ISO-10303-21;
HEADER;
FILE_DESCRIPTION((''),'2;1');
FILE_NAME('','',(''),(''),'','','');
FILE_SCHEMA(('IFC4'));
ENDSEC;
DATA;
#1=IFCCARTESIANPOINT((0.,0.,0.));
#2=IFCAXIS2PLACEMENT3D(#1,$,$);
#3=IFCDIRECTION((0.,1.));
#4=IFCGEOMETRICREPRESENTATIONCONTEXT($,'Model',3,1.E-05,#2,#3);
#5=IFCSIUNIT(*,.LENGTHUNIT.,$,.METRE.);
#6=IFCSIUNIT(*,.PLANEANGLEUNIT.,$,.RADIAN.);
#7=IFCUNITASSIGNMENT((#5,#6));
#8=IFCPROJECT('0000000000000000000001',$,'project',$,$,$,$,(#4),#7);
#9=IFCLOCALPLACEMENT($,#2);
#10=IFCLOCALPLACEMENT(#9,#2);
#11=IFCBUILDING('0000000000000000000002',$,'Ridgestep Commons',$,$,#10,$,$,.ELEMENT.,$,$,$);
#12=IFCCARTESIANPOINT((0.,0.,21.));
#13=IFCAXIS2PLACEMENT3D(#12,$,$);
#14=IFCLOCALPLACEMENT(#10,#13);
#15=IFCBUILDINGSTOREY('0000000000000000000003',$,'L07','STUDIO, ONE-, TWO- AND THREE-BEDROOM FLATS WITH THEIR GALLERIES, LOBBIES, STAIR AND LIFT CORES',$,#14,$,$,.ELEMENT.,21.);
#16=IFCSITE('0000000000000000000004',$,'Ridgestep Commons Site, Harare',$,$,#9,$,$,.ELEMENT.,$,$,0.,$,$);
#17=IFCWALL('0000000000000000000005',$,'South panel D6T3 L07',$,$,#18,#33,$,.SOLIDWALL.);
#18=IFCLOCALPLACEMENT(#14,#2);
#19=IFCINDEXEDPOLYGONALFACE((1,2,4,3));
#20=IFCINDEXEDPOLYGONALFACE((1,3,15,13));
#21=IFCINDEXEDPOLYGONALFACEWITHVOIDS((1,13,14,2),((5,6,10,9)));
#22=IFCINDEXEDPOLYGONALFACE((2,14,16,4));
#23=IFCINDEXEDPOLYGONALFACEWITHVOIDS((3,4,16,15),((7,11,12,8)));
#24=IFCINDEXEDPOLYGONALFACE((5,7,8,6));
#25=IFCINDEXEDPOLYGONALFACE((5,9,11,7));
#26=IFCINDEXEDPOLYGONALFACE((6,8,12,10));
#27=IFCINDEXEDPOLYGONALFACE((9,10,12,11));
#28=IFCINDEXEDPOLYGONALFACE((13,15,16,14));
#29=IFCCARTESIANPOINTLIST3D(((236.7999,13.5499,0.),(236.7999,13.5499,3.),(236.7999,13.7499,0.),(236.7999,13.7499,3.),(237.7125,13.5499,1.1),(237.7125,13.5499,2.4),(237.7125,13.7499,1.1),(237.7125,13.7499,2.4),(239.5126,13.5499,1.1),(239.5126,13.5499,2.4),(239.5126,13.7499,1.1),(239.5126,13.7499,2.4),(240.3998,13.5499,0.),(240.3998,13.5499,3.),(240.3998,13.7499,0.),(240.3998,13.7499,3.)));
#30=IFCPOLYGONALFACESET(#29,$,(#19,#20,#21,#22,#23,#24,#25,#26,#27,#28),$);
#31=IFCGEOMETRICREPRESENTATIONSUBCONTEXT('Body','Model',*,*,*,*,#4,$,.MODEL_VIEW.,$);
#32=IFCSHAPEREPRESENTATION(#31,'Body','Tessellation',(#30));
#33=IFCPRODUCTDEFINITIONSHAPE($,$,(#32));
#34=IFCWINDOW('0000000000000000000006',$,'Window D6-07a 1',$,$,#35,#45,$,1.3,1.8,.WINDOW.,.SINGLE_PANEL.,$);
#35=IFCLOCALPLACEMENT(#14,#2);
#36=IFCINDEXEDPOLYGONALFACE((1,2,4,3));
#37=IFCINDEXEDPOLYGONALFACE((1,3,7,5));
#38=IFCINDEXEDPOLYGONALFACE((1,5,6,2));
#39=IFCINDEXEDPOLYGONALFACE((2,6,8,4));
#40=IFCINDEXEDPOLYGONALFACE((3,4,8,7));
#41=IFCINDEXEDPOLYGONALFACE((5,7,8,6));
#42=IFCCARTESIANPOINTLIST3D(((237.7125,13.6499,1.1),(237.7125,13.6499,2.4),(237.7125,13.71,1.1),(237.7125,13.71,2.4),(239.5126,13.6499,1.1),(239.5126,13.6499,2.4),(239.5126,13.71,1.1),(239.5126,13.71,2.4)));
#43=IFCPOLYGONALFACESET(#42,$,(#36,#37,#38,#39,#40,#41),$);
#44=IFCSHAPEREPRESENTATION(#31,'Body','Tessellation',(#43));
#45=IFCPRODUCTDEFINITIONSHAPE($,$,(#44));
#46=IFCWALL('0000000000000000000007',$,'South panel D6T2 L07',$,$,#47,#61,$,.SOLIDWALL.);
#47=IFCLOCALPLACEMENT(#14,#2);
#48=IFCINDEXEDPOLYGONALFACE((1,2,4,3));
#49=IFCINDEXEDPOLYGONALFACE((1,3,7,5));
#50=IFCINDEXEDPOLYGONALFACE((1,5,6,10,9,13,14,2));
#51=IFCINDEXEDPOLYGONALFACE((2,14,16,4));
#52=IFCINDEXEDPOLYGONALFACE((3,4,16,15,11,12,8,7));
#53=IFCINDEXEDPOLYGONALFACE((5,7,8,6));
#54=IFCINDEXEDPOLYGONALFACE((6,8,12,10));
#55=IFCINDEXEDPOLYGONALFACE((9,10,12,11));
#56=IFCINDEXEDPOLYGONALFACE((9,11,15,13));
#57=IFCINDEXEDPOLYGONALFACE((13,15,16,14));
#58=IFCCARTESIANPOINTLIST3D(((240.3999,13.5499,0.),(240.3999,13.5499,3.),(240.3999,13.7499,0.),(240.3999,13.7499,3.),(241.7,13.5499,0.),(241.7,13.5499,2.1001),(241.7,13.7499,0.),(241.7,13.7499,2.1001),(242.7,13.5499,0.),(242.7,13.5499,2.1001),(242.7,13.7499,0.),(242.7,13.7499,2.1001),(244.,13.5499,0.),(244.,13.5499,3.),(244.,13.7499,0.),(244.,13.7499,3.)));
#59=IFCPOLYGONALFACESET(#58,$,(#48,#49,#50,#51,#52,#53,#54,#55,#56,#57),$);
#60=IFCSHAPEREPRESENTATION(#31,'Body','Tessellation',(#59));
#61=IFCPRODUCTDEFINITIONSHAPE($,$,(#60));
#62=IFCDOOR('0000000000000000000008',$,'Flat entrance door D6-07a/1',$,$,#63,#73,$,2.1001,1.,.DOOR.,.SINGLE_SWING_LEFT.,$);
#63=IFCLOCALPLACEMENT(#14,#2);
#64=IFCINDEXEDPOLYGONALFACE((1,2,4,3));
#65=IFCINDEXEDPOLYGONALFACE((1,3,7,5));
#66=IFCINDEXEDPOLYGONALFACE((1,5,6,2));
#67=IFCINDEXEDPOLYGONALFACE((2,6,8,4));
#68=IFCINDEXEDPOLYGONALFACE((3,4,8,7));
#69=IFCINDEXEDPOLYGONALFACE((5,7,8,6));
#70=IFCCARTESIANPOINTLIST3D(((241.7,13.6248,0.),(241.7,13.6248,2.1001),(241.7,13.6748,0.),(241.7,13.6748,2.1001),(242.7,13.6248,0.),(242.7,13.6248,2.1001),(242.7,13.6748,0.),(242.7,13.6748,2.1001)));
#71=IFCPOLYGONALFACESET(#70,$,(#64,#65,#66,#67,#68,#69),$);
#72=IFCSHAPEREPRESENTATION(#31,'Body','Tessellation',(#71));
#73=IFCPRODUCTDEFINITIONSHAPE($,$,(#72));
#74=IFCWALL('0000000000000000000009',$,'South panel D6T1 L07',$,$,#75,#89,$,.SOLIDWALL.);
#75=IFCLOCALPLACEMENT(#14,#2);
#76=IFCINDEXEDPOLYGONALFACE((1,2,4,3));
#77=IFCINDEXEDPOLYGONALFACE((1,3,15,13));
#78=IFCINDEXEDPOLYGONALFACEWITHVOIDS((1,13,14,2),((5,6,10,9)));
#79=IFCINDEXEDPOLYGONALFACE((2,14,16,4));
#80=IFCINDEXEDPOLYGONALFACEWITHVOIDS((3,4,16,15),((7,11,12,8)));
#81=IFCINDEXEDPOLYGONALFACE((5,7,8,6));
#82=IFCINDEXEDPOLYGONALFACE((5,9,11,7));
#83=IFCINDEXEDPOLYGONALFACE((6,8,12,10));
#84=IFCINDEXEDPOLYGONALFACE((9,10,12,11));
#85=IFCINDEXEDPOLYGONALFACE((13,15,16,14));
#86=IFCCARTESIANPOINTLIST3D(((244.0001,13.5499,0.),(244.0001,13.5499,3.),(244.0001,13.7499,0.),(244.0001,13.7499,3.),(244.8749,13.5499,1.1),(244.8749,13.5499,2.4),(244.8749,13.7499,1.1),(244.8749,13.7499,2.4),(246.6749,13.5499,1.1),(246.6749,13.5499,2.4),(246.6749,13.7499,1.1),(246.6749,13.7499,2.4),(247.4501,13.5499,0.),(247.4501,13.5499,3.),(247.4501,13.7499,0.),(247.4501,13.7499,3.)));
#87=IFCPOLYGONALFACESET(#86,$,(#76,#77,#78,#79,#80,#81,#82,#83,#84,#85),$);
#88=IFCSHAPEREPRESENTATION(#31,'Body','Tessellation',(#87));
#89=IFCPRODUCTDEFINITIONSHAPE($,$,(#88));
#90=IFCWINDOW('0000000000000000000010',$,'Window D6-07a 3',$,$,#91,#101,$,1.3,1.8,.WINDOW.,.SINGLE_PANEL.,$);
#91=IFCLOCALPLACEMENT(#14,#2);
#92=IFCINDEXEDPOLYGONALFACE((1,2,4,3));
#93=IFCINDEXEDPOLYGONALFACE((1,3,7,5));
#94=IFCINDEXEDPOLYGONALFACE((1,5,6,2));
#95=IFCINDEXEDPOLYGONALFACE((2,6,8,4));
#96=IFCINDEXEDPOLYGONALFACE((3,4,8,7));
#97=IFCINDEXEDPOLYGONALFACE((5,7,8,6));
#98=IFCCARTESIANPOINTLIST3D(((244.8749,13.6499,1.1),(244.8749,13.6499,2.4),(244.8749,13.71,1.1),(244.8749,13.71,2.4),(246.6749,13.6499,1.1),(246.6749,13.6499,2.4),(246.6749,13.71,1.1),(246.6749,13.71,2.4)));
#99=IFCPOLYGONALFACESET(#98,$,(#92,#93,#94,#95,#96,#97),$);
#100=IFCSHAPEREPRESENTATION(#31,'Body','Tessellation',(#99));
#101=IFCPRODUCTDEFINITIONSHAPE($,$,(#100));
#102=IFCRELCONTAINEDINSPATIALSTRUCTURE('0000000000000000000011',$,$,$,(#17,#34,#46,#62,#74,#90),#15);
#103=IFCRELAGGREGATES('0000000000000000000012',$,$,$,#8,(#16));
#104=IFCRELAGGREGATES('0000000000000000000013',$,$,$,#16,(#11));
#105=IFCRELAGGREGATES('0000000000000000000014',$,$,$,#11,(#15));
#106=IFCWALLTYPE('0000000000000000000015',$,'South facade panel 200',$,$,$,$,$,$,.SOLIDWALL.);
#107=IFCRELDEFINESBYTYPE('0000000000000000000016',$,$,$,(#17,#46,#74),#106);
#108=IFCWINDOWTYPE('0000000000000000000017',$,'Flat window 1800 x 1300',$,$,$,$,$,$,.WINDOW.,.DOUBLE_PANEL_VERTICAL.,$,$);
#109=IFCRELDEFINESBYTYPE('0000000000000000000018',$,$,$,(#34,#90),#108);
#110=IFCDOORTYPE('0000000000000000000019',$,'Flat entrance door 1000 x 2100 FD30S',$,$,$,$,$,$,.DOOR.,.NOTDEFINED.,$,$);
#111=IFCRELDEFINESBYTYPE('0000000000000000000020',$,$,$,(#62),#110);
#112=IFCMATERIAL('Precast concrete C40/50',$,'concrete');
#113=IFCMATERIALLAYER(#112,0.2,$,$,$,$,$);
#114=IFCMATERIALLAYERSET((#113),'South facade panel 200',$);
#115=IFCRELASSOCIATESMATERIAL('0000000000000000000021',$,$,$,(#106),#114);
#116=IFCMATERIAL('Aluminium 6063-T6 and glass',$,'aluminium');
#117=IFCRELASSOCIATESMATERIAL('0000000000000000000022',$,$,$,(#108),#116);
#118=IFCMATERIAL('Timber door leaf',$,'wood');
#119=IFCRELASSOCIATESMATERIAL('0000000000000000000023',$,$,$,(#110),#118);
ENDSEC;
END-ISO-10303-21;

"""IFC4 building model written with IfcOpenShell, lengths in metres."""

from ifc_helpers import new_model, si_unit, direction, frame, frame_2d, origin, place, context, subcontext, project, spatial, rectangle, extrude, material, layer, layer_set, type_object, element, fill, save


model = new_model("IFC4")

# Units and contexts
model_context = context("Model", 3, precision=1e-05, world=origin(), true_north=direction((0.0, 1.0)))
body_context = subcontext(model_context, "Body", "Model", "MODEL_VIEW")
ifc_project = project(units=[si_unit("LENGTHUNIT", "METRE"), si_unit("PLANEANGLEUNIT", "RADIAN")], contexts=[model_context])

# Site, building, storey
site_placement = place(None, origin())
site = spatial("IfcSite", under=ifc_project, at=site_placement, Name="Ridgestep Commons Site, Harare", CompositionType="ELEMENT", RefElevation=0.0)
building_placement = place(site_placement, origin())
building = spatial("IfcBuilding", under=site, at=building_placement, Name="Ridgestep Commons", CompositionType="ELEMENT")
storey_placement = place(building_placement, frame((0.0, 0.0, 21.0)))
storey = spatial("IfcBuildingStorey", under=building, at=storey_placement, Name="L07", Description="STUDIO, ONE-, TWO- AND THREE-BEDROOM FLATS WITH THEIR GALLERIES, LOBBIES, STAIR AND LIFT CORES", CompositionType="ELEMENT", Elevation=21.0)

# Wall, opening, window
ifc_material_1 = material(Name="Precast concrete C40/50", Category="concrete")
ifc_layer_1 = layer(ifc_material_1, 0.2)
ifc_layer_set_1 = layer_set([ifc_layer_1], Name="South facade panel 200")
wall_type_1 = type_object("IfcWallType", Name="South facade panel 200", PredefinedType="SOLIDWALL", material=ifc_layer_set_1)
wall_1_placement = place(storey_placement, frame((236.8, 13.6499, 0.0), z_axis=(0.0, 0.0, 1.0), x_axis=(1.0, 0.0, 0.0)))
wall_1 = element("IfcWall", 1, at=wall_1_placement, inside=storey, type_object=wall_type_1, Name="South panel D6T3 L07", PredefinedType="SOLIDWALL", context=body_context, shape_type="SweptSolid", body=[
    extrude(rectangle(XDim=3.5999, YDim=0.2, at=frame_2d((1.7998, 0.0))), origin(), (0.0, 0.0, 1.0), 3.0),
])
opening_1_placement = place(wall_1_placement, frame((0.9126, 0.0, 1.1001)))
opening_1 = element("IfcOpeningElement", 2, at=opening_1_placement, cuts=wall_1, PredefinedType="OPENING", context=body_context, shape_type="SweptSolid", body=[
    extrude(rectangle(XDim=1.8, YDim=1.3, at=frame_2d((0.8999, 0.6499))), frame((0.0, 0.1099, 0.0), z_axis=(0.0, -1.0, 0.0), x_axis=(1.0, 0.0, 0.0)), (0.0, 0.0, 1.0), 0.22),
])
ifc_material_2 = material(Name="Aluminium 6063-T6 and glass", Category="aluminium")
window_type_1 = type_object("IfcWindowType", Name="Flat window 1800 x 1300", PartitioningType="DOUBLE_PANEL_VERTICAL", PredefinedType="WINDOW", material=ifc_material_2)
window_1_placement = place(opening_1_placement, origin())
window_1 = element("IfcWindow", 3, at=window_1_placement, inside=storey, type_object=window_type_1, Name="Window D6-07a 1", OverallHeight=1.3, OverallWidth=1.8, PartitioningType="SINGLE_PANEL", PredefinedType="WINDOW", context=body_context, shape_type="SweptSolid", body=[
    extrude(rectangle(XDim=1.8, YDim=1.3, at=frame_2d((0.8999, 0.6499))), frame((0.0, 0.0601, 0.0), z_axis=(0.0, -1.0, 0.0), x_axis=(1.0, 0.0, 0.0)), (0.0, 0.0, 1.0), 0.0601),
])
fill(opening_1, window_1)

# Wall, opening, door
wall_2_placement = place(storey_placement, frame((240.3999, 13.6499, 0.0), z_axis=(0.0, 0.0, 1.0), x_axis=(1.0, 0.0, 0.0)))
wall_2 = element("IfcWall", 4, at=wall_2_placement, inside=storey, type_object=wall_type_1, Name="South panel D6T2 L07", PredefinedType="SOLIDWALL", context=body_context, shape_type="SweptSolid", body=[
    extrude(rectangle(XDim=3.6001, YDim=0.2, at=frame_2d((1.8, 0.0))), origin(), (0.0, 0.0, 1.0), 3.0),
])
opening_2_placement = place(wall_2_placement, frame((1.3, 0.0, 0.0)))
opening_2 = element("IfcOpeningElement", 5, at=opening_2_placement, cuts=wall_2, PredefinedType="OPENING", context=body_context, shape_type="SweptSolid", body=[
    extrude(rectangle(XDim=1.0, YDim=2.1001, at=frame_2d((0.5, 1.05))), frame((0.0, 0.1099, 0.0), z_axis=(0.0, -1.0, 0.0), x_axis=(1.0, 0.0, 0.0)), (0.0, 0.0, 1.0), 0.22),
])
ifc_material_3 = material(Name="Timber door leaf", Category="wood")
door_type = type_object("IfcDoorType", Name="Flat entrance door 1000 x 2100 FD30S", OperationType="NOTDEFINED", PredefinedType="DOOR", material=ifc_material_3)
door_placement = place(opening_2_placement, origin())
door = element("IfcDoor", 6, at=door_placement, inside=storey, type_object=door_type, Name="Flat entrance door D6-07a/1", OperationType="SINGLE_SWING_LEFT", OverallHeight=2.1001, OverallWidth=1.0, PredefinedType="DOOR", context=body_context, shape_type="SweptSolid", body=[
    extrude(rectangle(XDim=1.0, YDim=2.1001, at=frame_2d((0.5, 1.05))), frame((0.0, 0.0249, 0.0), z_axis=(0.0, -1.0, 0.0), x_axis=(1.0, 0.0, 0.0)), (0.0, 0.0, 1.0), 0.05),
])
fill(opening_2, door)

# Wall, opening, window
wall_3_placement = place(storey_placement, frame((244.0, 13.6499, 0.0), z_axis=(0.0, 0.0, 1.0), x_axis=(1.0, 0.0, 0.0)))
wall_3 = element("IfcWall", 7, at=wall_3_placement, inside=storey, type_object=wall_type_1, Name="South panel D6T1 L07", PredefinedType="SOLIDWALL", context=body_context, shape_type="SweptSolid", body=[
    extrude(rectangle(XDim=3.45, YDim=0.2, at=frame_2d((1.7251, 0.0))), origin(), (0.0, 0.0, 1.0), 3.0),
])
opening_3_placement = place(wall_3_placement, frame((0.875, 0.0, 1.1001)))
opening_3 = element("IfcOpeningElement", 8, at=opening_3_placement, cuts=wall_3, PredefinedType="OPENING", context=body_context, shape_type="SweptSolid", body=[
    extrude(rectangle(XDim=1.8, YDim=1.3, at=frame_2d((0.8999, 0.6499))), frame((0.0, 0.1099, 0.0), z_axis=(0.0, -1.0, 0.0), x_axis=(1.0, 0.0, 0.0)), (0.0, 0.0, 1.0), 0.22),
])
window_2_placement = place(opening_3_placement, origin())
window_2 = element("IfcWindow", 9, at=window_2_placement, inside=storey, type_object=window_type_1, Name="Window D6-07a 3", OverallHeight=1.3, OverallWidth=1.8, PartitioningType="SINGLE_PANEL", PredefinedType="WINDOW", context=body_context, shape_type="SweptSolid", body=[
    extrude(rectangle(XDim=1.8, YDim=1.3, at=frame_2d((0.8999, 0.6499))), frame((0.0, 0.0601, 0.0), z_axis=(0.0, -1.0, 0.0), x_axis=(1.0, 0.0, 0.0)), (0.0, 0.0, 1.0), 0.0601),
])
fill(opening_3, window_2)

save(model, "model.ifc")
